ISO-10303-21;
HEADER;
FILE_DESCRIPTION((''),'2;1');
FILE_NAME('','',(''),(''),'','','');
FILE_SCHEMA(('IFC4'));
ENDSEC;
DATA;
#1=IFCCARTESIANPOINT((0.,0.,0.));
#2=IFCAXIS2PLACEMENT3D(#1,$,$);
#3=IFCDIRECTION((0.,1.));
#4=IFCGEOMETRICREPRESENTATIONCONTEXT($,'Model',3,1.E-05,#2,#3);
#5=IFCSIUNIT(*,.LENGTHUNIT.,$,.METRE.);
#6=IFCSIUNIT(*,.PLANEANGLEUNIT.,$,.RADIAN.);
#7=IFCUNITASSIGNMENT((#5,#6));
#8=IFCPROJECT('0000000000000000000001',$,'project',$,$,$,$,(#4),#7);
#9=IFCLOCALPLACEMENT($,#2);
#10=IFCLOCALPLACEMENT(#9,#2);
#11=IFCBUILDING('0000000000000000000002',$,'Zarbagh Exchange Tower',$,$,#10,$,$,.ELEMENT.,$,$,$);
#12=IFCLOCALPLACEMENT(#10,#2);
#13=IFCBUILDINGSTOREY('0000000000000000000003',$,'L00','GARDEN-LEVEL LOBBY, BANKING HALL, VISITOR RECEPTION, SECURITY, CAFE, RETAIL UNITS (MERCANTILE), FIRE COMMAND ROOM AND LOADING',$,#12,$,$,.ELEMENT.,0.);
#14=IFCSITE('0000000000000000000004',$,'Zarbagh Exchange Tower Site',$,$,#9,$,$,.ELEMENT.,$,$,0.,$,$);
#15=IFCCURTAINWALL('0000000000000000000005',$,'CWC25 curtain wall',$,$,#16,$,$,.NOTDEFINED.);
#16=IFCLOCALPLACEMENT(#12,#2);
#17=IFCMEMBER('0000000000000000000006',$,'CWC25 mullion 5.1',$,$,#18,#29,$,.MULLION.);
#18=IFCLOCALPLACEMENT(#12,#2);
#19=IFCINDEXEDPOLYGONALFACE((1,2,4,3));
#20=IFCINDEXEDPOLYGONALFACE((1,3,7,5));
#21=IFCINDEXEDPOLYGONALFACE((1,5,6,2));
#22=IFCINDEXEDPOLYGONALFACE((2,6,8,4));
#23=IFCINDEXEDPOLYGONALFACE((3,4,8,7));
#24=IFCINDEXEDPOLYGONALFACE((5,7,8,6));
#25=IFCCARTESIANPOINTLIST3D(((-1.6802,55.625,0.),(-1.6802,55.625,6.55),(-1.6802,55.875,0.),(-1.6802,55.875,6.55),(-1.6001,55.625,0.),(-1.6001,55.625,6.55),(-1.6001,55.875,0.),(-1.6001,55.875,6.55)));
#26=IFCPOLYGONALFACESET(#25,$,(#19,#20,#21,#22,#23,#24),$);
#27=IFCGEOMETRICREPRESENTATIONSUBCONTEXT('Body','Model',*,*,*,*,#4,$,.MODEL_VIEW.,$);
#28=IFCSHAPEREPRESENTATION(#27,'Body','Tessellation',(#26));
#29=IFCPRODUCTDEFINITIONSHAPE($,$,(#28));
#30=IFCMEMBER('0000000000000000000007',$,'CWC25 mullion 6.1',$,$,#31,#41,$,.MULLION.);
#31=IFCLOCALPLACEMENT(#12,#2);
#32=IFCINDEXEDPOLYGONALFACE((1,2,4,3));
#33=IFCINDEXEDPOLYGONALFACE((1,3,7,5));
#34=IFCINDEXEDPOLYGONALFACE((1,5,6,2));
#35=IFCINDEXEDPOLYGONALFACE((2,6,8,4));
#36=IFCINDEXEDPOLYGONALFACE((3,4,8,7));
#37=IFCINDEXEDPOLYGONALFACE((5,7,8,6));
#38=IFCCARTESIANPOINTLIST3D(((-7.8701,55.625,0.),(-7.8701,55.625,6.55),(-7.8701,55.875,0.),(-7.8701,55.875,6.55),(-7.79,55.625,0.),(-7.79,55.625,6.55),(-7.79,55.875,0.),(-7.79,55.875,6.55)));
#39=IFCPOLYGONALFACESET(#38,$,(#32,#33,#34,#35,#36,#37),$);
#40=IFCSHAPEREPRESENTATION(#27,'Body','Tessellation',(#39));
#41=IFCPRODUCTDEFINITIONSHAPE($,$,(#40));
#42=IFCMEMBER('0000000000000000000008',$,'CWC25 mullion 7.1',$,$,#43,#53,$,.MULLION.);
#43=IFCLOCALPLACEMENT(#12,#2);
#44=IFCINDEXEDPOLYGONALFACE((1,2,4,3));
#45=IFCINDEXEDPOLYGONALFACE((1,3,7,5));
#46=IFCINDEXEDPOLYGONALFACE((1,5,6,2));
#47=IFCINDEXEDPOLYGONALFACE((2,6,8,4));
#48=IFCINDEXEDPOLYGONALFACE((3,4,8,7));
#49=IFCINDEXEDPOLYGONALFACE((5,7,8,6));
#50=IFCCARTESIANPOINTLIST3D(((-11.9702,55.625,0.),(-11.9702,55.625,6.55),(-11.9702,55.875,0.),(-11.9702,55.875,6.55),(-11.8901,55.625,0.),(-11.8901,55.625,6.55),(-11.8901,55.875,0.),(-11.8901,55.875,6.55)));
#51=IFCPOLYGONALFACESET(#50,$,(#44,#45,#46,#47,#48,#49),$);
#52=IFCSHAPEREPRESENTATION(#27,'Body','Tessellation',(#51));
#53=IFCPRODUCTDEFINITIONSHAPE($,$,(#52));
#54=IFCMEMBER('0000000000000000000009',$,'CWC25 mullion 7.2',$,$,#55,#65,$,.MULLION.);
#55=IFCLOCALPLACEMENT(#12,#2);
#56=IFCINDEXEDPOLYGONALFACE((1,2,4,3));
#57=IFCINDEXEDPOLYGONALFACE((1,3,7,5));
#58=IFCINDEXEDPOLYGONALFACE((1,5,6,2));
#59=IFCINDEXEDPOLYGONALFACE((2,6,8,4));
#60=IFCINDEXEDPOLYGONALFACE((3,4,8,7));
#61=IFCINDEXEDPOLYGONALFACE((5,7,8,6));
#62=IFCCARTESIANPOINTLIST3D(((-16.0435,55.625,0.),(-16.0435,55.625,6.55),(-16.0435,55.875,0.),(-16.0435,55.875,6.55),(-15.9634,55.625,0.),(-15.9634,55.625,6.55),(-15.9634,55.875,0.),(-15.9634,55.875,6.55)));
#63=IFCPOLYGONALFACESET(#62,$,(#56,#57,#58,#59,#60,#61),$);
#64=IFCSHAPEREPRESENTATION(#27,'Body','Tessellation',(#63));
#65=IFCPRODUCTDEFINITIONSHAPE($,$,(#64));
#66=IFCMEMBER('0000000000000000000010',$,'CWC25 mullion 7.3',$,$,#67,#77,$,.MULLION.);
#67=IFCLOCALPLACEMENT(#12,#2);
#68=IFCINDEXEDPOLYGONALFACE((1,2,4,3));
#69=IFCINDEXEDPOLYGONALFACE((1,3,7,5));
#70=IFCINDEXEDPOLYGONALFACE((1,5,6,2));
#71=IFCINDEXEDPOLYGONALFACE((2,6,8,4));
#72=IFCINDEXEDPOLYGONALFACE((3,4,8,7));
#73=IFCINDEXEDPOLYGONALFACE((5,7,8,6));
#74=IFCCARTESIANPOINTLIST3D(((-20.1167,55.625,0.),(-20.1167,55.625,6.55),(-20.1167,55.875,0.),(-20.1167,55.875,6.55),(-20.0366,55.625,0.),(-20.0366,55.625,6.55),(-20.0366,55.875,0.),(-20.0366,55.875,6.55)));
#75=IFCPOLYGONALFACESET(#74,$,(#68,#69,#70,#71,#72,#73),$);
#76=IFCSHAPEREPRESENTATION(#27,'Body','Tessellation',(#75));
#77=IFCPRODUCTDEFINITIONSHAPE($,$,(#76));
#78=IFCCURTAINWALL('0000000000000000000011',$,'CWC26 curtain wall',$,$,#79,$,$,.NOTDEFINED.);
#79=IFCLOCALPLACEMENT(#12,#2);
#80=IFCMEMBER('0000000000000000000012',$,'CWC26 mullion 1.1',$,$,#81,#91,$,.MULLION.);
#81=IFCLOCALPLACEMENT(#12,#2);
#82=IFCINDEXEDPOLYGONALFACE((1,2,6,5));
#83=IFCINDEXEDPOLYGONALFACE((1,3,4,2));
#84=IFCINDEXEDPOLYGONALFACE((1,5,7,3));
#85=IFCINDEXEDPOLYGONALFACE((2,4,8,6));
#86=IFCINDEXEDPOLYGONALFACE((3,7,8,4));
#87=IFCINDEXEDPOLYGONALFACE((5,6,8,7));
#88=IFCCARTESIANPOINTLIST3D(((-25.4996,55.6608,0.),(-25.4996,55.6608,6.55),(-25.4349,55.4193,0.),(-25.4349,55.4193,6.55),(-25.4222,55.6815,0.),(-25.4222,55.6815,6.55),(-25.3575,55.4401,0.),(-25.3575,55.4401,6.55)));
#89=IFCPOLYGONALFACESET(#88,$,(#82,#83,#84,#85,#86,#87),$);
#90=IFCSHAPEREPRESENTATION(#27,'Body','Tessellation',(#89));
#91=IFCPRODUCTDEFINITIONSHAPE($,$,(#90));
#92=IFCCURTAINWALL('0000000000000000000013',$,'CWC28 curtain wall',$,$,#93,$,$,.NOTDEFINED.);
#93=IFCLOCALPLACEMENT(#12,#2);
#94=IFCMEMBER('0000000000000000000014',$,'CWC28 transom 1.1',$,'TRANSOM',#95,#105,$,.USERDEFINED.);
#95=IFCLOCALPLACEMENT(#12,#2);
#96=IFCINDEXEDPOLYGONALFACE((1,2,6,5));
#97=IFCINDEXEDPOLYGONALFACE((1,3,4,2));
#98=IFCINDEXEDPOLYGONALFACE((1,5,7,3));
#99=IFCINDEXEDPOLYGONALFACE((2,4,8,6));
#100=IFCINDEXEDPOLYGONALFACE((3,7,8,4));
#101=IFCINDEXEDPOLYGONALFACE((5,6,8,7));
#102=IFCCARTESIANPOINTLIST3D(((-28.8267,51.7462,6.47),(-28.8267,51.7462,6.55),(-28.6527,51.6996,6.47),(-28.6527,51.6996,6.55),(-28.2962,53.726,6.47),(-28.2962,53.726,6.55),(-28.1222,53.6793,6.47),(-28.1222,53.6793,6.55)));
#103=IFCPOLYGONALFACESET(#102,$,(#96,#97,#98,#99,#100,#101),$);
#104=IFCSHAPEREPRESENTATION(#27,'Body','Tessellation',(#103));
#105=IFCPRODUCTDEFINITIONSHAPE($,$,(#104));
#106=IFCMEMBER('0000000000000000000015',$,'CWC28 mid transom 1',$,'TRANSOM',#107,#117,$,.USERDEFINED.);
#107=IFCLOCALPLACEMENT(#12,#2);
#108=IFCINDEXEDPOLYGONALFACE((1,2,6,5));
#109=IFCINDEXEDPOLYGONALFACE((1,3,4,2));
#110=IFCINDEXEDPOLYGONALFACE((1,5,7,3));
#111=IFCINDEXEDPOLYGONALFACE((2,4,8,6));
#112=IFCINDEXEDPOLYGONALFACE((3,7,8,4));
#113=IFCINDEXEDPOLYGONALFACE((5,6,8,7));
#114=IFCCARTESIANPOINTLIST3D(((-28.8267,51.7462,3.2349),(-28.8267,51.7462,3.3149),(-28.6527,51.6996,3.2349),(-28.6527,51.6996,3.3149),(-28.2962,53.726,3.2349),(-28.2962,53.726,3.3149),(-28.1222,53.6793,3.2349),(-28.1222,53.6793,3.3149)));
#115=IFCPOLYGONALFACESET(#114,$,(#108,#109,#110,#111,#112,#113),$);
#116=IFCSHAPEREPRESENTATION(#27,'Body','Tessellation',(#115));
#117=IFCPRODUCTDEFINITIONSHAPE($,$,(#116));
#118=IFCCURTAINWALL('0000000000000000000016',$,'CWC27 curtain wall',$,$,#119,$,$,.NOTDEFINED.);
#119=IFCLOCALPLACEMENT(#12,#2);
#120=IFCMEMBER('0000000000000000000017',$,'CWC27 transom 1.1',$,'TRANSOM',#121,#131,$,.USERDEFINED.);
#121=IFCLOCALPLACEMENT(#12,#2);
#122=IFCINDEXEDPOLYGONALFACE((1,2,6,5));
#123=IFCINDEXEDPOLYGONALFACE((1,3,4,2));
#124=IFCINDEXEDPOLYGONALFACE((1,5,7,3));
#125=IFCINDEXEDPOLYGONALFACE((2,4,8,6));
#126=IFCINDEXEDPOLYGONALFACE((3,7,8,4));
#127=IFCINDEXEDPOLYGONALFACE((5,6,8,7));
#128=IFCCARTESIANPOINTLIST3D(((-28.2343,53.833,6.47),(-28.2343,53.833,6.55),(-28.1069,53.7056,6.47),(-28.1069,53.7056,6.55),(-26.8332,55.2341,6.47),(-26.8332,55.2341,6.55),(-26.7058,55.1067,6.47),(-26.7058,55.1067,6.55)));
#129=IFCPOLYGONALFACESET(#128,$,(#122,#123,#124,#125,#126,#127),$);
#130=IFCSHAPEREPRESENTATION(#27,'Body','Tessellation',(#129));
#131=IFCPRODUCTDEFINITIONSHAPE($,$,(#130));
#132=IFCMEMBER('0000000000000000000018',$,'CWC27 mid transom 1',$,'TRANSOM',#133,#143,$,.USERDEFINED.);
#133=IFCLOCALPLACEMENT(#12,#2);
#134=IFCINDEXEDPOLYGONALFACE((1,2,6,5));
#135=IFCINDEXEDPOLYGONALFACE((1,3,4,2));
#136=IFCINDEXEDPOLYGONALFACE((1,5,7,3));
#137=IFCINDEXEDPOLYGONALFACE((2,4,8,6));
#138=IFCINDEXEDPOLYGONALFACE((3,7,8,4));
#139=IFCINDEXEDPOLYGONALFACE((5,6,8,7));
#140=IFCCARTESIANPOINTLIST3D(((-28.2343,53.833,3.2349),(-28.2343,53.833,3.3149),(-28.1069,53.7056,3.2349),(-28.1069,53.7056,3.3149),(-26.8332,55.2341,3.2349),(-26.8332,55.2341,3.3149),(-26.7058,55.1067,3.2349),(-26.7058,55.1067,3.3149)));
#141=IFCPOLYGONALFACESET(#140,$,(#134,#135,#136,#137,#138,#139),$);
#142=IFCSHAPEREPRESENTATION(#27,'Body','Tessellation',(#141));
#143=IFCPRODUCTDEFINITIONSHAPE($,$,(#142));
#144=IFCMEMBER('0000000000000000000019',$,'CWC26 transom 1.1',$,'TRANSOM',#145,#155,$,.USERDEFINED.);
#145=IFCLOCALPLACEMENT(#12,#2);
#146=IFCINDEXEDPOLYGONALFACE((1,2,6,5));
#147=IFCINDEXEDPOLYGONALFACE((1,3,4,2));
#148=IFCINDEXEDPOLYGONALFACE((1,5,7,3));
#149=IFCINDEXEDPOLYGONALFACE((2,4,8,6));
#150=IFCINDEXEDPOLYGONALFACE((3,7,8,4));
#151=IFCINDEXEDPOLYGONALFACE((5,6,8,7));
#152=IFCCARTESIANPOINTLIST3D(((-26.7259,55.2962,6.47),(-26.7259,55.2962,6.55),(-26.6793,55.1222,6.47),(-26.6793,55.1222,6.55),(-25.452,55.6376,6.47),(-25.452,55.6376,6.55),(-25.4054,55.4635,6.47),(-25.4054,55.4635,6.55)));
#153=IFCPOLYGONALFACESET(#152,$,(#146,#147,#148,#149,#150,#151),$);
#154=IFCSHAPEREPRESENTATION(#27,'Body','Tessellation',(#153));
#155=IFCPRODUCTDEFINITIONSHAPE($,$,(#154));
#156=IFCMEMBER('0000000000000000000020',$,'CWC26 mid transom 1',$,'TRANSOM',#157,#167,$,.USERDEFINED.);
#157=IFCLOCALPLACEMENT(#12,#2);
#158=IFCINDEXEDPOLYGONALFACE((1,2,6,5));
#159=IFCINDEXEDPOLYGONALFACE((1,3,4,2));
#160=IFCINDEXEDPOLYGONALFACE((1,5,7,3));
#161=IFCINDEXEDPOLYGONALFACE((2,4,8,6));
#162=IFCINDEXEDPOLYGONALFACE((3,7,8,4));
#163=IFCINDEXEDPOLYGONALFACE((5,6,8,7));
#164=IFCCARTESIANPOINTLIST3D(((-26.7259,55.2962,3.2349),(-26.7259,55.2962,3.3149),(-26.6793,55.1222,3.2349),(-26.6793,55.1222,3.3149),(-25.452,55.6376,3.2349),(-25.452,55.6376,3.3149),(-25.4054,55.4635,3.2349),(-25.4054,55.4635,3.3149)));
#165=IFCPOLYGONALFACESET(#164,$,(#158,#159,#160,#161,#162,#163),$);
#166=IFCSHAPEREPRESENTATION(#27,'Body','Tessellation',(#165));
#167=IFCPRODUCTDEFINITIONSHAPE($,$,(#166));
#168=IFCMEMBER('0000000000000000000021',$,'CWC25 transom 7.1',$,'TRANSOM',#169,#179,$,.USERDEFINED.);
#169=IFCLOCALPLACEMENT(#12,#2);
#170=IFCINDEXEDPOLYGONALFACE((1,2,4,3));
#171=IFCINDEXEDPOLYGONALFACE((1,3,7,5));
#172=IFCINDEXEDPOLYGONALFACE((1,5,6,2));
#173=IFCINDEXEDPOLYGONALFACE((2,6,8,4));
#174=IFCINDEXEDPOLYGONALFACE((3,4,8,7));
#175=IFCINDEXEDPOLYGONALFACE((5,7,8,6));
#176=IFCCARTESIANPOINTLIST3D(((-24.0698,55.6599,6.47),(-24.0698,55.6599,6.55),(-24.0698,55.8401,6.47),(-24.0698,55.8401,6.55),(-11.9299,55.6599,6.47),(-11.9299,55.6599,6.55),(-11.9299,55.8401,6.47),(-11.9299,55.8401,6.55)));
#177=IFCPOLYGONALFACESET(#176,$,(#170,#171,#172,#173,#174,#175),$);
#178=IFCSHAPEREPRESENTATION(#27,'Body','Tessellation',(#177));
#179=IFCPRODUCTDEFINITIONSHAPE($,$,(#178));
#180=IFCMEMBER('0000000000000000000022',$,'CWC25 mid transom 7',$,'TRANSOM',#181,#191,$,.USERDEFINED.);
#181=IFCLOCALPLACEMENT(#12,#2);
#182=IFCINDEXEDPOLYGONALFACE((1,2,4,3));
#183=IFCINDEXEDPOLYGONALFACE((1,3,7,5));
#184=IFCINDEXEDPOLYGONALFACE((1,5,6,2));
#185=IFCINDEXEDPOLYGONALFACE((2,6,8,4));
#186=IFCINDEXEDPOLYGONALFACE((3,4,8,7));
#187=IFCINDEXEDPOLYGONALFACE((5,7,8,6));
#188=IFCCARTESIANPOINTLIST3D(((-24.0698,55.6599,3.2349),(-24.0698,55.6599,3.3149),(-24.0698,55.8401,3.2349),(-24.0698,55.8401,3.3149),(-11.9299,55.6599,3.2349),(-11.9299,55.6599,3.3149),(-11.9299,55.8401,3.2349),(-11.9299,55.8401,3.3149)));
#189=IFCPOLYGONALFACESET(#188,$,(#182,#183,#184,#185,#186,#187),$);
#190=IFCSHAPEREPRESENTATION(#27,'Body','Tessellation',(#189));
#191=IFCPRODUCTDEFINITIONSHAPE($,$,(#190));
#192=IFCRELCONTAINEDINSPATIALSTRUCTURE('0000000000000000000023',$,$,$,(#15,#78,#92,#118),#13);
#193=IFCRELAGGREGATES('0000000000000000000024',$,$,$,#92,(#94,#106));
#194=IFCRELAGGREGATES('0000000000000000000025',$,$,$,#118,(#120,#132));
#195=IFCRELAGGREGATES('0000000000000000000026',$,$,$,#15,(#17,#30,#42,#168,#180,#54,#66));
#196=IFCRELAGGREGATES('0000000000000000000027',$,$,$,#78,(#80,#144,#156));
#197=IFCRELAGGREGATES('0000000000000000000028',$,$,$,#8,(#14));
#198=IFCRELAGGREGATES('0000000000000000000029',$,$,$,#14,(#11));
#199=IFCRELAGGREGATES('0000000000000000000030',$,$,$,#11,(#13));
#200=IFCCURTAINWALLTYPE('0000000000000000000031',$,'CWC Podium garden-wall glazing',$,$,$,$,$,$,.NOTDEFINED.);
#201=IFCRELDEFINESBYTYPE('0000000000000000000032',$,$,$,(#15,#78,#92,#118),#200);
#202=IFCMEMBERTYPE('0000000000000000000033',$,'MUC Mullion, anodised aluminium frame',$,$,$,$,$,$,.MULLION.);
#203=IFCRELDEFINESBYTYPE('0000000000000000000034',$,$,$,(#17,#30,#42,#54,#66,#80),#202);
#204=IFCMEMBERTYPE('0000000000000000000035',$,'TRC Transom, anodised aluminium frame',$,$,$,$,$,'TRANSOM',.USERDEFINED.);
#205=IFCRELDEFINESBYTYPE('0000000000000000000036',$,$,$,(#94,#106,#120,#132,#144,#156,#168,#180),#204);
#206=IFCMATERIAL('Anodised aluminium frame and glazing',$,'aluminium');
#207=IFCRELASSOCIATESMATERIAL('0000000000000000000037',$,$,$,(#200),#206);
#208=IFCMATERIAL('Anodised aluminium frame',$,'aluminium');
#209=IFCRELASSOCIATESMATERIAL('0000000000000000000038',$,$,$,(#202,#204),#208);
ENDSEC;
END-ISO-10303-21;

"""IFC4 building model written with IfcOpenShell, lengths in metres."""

from ifc_helpers import new_model, si_unit, direction, origin, place, context, subcontext, project, spatial, polyline, outline, extrude, source, transform, mapped, material, type_object, element, aggregate, save


model = new_model("IFC4")

# Units and contexts
model_context = context("Model", 3, precision=1e-05, world=origin(), true_north=direction((0.0, 1.0)))
body_context = subcontext(model_context, "Body", "Model", "MODEL_VIEW")
ifc_project = project(units=[si_unit("LENGTHUNIT", "METRE"), si_unit("PLANEANGLEUNIT", "RADIAN")], contexts=[model_context])

# Site, building, storey
site_placement = place(None, origin())
site = spatial("IfcSite", under=ifc_project, at=site_placement, Name="Zarbagh Exchange Tower Site", CompositionType="ELEMENT", RefElevation=0.0)
building_placement = place(site_placement, origin())
building = spatial("IfcBuilding", under=site, at=building_placement, Name="Zarbagh Exchange Tower", CompositionType="ELEMENT")
storey_placement = place(building_placement, origin())
storey = spatial("IfcBuildingStorey", under=building, at=storey_placement, Name="L00", Description="GARDEN-LEVEL LOBBY, BANKING HALL, VISITOR RECEPTION, SECURITY, CAFE, RETAIL UNITS (MERCANTILE), FIRE COMMAND ROOM AND LOADING", CompositionType="ELEMENT", Elevation=0.0)

# Curtain wall, members
ifc_material_1 = material(Name="Anodised aluminium frame and glazing", Category="aluminium")
curtain_wall_type = type_object("IfcCurtainWallType", Name="CWC Podium garden-wall glazing", PredefinedType="NOTDEFINED", material=ifc_material_1)
curtain_wall_1_placement = place(storey_placement, origin())
curtain_wall_1 = element("IfcCurtainWall", 1, at=curtain_wall_1_placement, inside=storey, type_object=curtain_wall_type, Name="CWC25 curtain wall", PredefinedType="NOTDEFINED")
ifc_material_2 = material(Name="Anodised aluminium frame", Category="aluminium")
member_type_1 = type_object("IfcMemberType", Name="MUC Mullion, anodised aluminium frame", PredefinedType="MULLION", material=ifc_material_2)
shared_shape_1 = source(origin(), body_context, "Body", "SweptSolid", [
    extrude(outline(polyline([(0.0, -0.125), (0.0801, -0.125), (0.0801, 0.125), (0.0, 0.125), (0.0, -0.125)])), origin(), (0.0, 0.0, 1.0), 6.55),
])
placement = place(storey_placement, origin())
member_1 = element("IfcMember", 2, at=placement, type_object=member_type_1, Name="CWC25 mullion 5.1", PredefinedType="MULLION", context=body_context, shape_type="MappedRepresentation", body=[
    mapped(shared_shape_1, transform((-1.6001, 55.75, 0.0), x_axis=(-1.0, 0.0, 0.0), y_axis=(0.0, -1.0, 0.0), z_axis=(0.0, 0.0, 1.0))),
])
member_2 = element("IfcMember", 3, at=placement, type_object=member_type_1, Name="CWC25 mullion 6.1", PredefinedType="MULLION", context=body_context, shape_type="MappedRepresentation", body=[
    mapped(shared_shape_1, transform((-7.79, 55.75, 0.0), x_axis=(-1.0, 0.0, 0.0), y_axis=(0.0, -1.0, 0.0), z_axis=(0.0, 0.0, 1.0))),
])
member_3 = element("IfcMember", 4, at=placement, type_object=member_type_1, Name="CWC25 mullion 7.1", PredefinedType="MULLION", context=body_context, shape_type="MappedRepresentation", body=[
    mapped(shared_shape_1, transform((-11.8901, 55.75, 0.0), x_axis=(-1.0, 0.0, 0.0), y_axis=(0.0, -1.0, 0.0), z_axis=(0.0, 0.0, 1.0))),
])
member_4 = element("IfcMember", 5, at=placement, type_object=member_type_1, Name="CWC25 mullion 7.2", PredefinedType="MULLION", context=body_context, shape_type="MappedRepresentation", body=[
    mapped(shared_shape_1, transform((-15.9634, 55.75, 0.0), x_axis=(-1.0, 0.0, 0.0), y_axis=(0.0, -1.0, 0.0), z_axis=(0.0, 0.0, 1.0))),
])
member_5 = element("IfcMember", 6, at=placement, type_object=member_type_1, Name="CWC25 mullion 7.3", PredefinedType="MULLION", context=body_context, shape_type="MappedRepresentation", body=[
    mapped(shared_shape_1, transform((-20.0366, 55.75, 0.0), x_axis=(-1.0, 0.0, 0.0), y_axis=(0.0, -1.0, 0.0), z_axis=(0.0, 0.0, 1.0))),
])

# Curtain wall, member
curtain_wall_2_placement = place(storey_placement, origin())
curtain_wall_2 = element("IfcCurtainWall", 7, at=curtain_wall_2_placement, inside=storey, type_object=curtain_wall_type, Name="CWC26 curtain wall", PredefinedType="NOTDEFINED")
member_6 = element("IfcMember", 8, at=placement, type_object=member_type_1, Name="CWC26 mullion 1.1", PredefinedType="MULLION", context=body_context, shape_type="MappedRepresentation", body=[
    mapped(shared_shape_1, transform((-25.3899, 55.5608, 0.0), x_axis=(-0.965924, -0.258825, 0.0), y_axis=(0.258825, -0.965924, 0.0), z_axis=(0.0, 0.0, 1.0))),
])

# Curtain walls, members
curtain_wall_3_placement = place(storey_placement, origin())
curtain_wall_3 = element("IfcCurtainWall", 9, at=curtain_wall_3_placement, inside=storey, type_object=curtain_wall_type, Name="CWC28 curtain wall", PredefinedType="NOTDEFINED")
member_type_2 = type_object("IfcMemberType", Name="TRC Transom, anodised aluminium frame", ElementType="TRANSOM", PredefinedType="USERDEFINED", material=ifc_material_2)
shared_shape_2 = source(origin(), body_context, "Body", "SweptSolid", [
    extrude(outline(polyline([(-0.0801, -0.0901), (0.0, -0.0901), (0.0, 0.0901), (-0.0801, 0.0901), (-0.0801, -0.0901)])), origin(), (0.0, 0.0, 1.0), 2.0496),
])
member_7 = element("IfcMember", 10, at=placement, type_object=member_type_2, Name="CWC28 transom 1.1", ObjectType="TRANSOM", PredefinedType="USERDEFINED", context=body_context, shape_type="MappedRepresentation", body=[
    mapped(shared_shape_2, transform((-28.2092, 53.7026, 6.55), x_axis=(0.0, 0.0, 1.0), y_axis=(-0.965924, 0.258825, 0.0), z_axis=(-0.258825, -0.965924, 0.0))),
])
shared_shape_3 = source(origin(), body_context, "Body", "SweptSolid", [
    extrude(outline(polyline([(-0.04, -0.0901), (0.04, -0.0901), (0.04, 0.0901), (-0.04, 0.0901), (-0.04, -0.0901)])), origin(), (0.0, 0.0, 1.0), 2.0496),
])
member_8 = element("IfcMember", 11, at=placement, type_object=member_type_2, Name="CWC28 mid transom 1", ObjectType="TRANSOM", PredefinedType="USERDEFINED", context=body_context, shape_type="MappedRepresentation", body=[
    mapped(shared_shape_3, transform((-28.2092, 53.7026, 3.2749), x_axis=(0.0, 0.0, 1.0), y_axis=(-0.965924, 0.258825, 0.0), z_axis=(-0.258825, -0.965924, 0.0))),
])
aggregate(curtain_wall_3, [member_7, member_8])
curtain_wall_4_placement = place(storey_placement, origin())
curtain_wall_4 = element("IfcCurtainWall", 12, at=curtain_wall_4_placement, inside=storey, type_object=curtain_wall_type, Name="CWC27 curtain wall", PredefinedType="NOTDEFINED")
shared_shape_4 = source(origin(), body_context, "Body", "SweptSolid", [
    extrude(outline(polyline([(-0.0801, -0.0901), (0.0, -0.0901), (0.0, 0.0901), (-0.0801, 0.0901), (-0.0801, -0.0901)])), origin(), (0.0, 0.0, 1.0), 1.9814),
])
member_9 = element("IfcMember", 13, at=placement, type_object=member_type_2, Name="CWC27 transom 1.1", ObjectType="TRANSOM", PredefinedType="USERDEFINED", context=body_context, shape_type="MappedRepresentation", body=[
    mapped(shared_shape_4, transform((-26.7695, 55.1704, 6.55), x_axis=(0.0, 0.0, 1.0), y_axis=(-0.707107, 0.707107, 0.0), z_axis=(-0.707107, -0.707107, 0.0))),
])
shared_shape_5 = source(origin(), body_context, "Body", "SweptSolid", [
    extrude(outline(polyline([(-0.04, -0.0901), (0.04, -0.0901), (0.04, 0.0901), (-0.04, 0.0901), (-0.04, -0.0901)])), origin(), (0.0, 0.0, 1.0), 1.9814),
])
member_10 = element("IfcMember", 14, at=placement, type_object=member_type_2, Name="CWC27 mid transom 1", ObjectType="TRANSOM", PredefinedType="USERDEFINED", context=body_context, shape_type="MappedRepresentation", body=[
    mapped(shared_shape_5, transform((-26.7695, 55.1704, 3.2749), x_axis=(0.0, 0.0, 1.0), y_axis=(-0.707107, 0.707107, 0.0), z_axis=(-0.707107, -0.707107, 0.0))),
])

# Members
shared_shape_6 = source(origin(), body_context, "Body", "SweptSolid", [
    extrude(outline(polyline([(-0.0801, -0.0901), (0.0, -0.0901), (0.0, 0.0901), (-0.0801, 0.0901), (-0.0801, -0.0901)])), origin(), (0.0, 0.0, 1.0), 1.3188),
])
member_11 = element("IfcMember", 15, at=placement, type_object=member_type_2, Name="CWC26 transom 1.1", ObjectType="TRANSOM", PredefinedType="USERDEFINED", context=body_context, shape_type="MappedRepresentation", body=[
    mapped(shared_shape_6, transform((-25.4287, 55.5505, 6.55), x_axis=(0.0, 0.0, 1.0), y_axis=(-0.258825, 0.965924, 0.0), z_axis=(-0.965924, -0.258825, 0.0))),
])
shared_shape_7 = source(origin(), body_context, "Body", "SweptSolid", [
    extrude(outline(polyline([(-0.04, -0.0901), (0.04, -0.0901), (0.04, 0.0901), (-0.04, 0.0901), (-0.04, -0.0901)])), origin(), (0.0, 0.0, 1.0), 1.3188),
])
member_12 = element("IfcMember", 16, at=placement, type_object=member_type_2, Name="CWC26 mid transom 1", ObjectType="TRANSOM", PredefinedType="USERDEFINED", context=body_context, shape_type="MappedRepresentation", body=[
    mapped(shared_shape_7, transform((-25.4287, 55.5505, 3.2749), x_axis=(0.0, 0.0, 1.0), y_axis=(-0.258825, 0.965924, 0.0), z_axis=(-0.965924, -0.258825, 0.0))),
])
shared_shape_8 = source(origin(), body_context, "Body", "SweptSolid", [
    extrude(outline(polyline([(-0.0801, -0.0901), (0.0, -0.0901), (0.0, 0.0901), (-0.0801, 0.0901), (-0.0801, -0.0901)])), origin(), (0.0, 0.0, 1.0), 12.1399),
])
member_13 = element("IfcMember", 17, at=placement, type_object=member_type_2, Name="CWC25 transom 7.1", ObjectType="TRANSOM", PredefinedType="USERDEFINED", context=body_context, shape_type="MappedRepresentation", body=[
    mapped(shared_shape_8, transform((-11.9299, 55.75, 6.55), x_axis=(0.0, 0.0, 1.0), y_axis=(0.0, 1.0, 0.0), z_axis=(-1.0, 0.0, 0.0))),
])
shared_shape_9 = source(origin(), body_context, "Body", "SweptSolid", [
    extrude(outline(polyline([(-0.04, -0.0901), (0.04, -0.0901), (0.04, 0.0901), (-0.04, 0.0901), (-0.04, -0.0901)])), origin(), (0.0, 0.0, 1.0), 12.1399),
])
member_14 = element("IfcMember", 18, at=placement, type_object=member_type_2, Name="CWC25 mid transom 7", ObjectType="TRANSOM", PredefinedType="USERDEFINED", context=body_context, shape_type="MappedRepresentation", body=[
    mapped(shared_shape_9, transform((-11.9299, 55.75, 3.2749), x_axis=(0.0, 0.0, 1.0), y_axis=(0.0, 1.0, 0.0), z_axis=(-1.0, 0.0, 0.0))),
])

aggregate(curtain_wall_4, [member_9, member_10])
aggregate(curtain_wall_1, [member_1, member_2, member_3, member_13, member_14, member_4, member_5])
aggregate(curtain_wall_2, [member_6, member_11, member_12])

save(model, "model.ifc")
